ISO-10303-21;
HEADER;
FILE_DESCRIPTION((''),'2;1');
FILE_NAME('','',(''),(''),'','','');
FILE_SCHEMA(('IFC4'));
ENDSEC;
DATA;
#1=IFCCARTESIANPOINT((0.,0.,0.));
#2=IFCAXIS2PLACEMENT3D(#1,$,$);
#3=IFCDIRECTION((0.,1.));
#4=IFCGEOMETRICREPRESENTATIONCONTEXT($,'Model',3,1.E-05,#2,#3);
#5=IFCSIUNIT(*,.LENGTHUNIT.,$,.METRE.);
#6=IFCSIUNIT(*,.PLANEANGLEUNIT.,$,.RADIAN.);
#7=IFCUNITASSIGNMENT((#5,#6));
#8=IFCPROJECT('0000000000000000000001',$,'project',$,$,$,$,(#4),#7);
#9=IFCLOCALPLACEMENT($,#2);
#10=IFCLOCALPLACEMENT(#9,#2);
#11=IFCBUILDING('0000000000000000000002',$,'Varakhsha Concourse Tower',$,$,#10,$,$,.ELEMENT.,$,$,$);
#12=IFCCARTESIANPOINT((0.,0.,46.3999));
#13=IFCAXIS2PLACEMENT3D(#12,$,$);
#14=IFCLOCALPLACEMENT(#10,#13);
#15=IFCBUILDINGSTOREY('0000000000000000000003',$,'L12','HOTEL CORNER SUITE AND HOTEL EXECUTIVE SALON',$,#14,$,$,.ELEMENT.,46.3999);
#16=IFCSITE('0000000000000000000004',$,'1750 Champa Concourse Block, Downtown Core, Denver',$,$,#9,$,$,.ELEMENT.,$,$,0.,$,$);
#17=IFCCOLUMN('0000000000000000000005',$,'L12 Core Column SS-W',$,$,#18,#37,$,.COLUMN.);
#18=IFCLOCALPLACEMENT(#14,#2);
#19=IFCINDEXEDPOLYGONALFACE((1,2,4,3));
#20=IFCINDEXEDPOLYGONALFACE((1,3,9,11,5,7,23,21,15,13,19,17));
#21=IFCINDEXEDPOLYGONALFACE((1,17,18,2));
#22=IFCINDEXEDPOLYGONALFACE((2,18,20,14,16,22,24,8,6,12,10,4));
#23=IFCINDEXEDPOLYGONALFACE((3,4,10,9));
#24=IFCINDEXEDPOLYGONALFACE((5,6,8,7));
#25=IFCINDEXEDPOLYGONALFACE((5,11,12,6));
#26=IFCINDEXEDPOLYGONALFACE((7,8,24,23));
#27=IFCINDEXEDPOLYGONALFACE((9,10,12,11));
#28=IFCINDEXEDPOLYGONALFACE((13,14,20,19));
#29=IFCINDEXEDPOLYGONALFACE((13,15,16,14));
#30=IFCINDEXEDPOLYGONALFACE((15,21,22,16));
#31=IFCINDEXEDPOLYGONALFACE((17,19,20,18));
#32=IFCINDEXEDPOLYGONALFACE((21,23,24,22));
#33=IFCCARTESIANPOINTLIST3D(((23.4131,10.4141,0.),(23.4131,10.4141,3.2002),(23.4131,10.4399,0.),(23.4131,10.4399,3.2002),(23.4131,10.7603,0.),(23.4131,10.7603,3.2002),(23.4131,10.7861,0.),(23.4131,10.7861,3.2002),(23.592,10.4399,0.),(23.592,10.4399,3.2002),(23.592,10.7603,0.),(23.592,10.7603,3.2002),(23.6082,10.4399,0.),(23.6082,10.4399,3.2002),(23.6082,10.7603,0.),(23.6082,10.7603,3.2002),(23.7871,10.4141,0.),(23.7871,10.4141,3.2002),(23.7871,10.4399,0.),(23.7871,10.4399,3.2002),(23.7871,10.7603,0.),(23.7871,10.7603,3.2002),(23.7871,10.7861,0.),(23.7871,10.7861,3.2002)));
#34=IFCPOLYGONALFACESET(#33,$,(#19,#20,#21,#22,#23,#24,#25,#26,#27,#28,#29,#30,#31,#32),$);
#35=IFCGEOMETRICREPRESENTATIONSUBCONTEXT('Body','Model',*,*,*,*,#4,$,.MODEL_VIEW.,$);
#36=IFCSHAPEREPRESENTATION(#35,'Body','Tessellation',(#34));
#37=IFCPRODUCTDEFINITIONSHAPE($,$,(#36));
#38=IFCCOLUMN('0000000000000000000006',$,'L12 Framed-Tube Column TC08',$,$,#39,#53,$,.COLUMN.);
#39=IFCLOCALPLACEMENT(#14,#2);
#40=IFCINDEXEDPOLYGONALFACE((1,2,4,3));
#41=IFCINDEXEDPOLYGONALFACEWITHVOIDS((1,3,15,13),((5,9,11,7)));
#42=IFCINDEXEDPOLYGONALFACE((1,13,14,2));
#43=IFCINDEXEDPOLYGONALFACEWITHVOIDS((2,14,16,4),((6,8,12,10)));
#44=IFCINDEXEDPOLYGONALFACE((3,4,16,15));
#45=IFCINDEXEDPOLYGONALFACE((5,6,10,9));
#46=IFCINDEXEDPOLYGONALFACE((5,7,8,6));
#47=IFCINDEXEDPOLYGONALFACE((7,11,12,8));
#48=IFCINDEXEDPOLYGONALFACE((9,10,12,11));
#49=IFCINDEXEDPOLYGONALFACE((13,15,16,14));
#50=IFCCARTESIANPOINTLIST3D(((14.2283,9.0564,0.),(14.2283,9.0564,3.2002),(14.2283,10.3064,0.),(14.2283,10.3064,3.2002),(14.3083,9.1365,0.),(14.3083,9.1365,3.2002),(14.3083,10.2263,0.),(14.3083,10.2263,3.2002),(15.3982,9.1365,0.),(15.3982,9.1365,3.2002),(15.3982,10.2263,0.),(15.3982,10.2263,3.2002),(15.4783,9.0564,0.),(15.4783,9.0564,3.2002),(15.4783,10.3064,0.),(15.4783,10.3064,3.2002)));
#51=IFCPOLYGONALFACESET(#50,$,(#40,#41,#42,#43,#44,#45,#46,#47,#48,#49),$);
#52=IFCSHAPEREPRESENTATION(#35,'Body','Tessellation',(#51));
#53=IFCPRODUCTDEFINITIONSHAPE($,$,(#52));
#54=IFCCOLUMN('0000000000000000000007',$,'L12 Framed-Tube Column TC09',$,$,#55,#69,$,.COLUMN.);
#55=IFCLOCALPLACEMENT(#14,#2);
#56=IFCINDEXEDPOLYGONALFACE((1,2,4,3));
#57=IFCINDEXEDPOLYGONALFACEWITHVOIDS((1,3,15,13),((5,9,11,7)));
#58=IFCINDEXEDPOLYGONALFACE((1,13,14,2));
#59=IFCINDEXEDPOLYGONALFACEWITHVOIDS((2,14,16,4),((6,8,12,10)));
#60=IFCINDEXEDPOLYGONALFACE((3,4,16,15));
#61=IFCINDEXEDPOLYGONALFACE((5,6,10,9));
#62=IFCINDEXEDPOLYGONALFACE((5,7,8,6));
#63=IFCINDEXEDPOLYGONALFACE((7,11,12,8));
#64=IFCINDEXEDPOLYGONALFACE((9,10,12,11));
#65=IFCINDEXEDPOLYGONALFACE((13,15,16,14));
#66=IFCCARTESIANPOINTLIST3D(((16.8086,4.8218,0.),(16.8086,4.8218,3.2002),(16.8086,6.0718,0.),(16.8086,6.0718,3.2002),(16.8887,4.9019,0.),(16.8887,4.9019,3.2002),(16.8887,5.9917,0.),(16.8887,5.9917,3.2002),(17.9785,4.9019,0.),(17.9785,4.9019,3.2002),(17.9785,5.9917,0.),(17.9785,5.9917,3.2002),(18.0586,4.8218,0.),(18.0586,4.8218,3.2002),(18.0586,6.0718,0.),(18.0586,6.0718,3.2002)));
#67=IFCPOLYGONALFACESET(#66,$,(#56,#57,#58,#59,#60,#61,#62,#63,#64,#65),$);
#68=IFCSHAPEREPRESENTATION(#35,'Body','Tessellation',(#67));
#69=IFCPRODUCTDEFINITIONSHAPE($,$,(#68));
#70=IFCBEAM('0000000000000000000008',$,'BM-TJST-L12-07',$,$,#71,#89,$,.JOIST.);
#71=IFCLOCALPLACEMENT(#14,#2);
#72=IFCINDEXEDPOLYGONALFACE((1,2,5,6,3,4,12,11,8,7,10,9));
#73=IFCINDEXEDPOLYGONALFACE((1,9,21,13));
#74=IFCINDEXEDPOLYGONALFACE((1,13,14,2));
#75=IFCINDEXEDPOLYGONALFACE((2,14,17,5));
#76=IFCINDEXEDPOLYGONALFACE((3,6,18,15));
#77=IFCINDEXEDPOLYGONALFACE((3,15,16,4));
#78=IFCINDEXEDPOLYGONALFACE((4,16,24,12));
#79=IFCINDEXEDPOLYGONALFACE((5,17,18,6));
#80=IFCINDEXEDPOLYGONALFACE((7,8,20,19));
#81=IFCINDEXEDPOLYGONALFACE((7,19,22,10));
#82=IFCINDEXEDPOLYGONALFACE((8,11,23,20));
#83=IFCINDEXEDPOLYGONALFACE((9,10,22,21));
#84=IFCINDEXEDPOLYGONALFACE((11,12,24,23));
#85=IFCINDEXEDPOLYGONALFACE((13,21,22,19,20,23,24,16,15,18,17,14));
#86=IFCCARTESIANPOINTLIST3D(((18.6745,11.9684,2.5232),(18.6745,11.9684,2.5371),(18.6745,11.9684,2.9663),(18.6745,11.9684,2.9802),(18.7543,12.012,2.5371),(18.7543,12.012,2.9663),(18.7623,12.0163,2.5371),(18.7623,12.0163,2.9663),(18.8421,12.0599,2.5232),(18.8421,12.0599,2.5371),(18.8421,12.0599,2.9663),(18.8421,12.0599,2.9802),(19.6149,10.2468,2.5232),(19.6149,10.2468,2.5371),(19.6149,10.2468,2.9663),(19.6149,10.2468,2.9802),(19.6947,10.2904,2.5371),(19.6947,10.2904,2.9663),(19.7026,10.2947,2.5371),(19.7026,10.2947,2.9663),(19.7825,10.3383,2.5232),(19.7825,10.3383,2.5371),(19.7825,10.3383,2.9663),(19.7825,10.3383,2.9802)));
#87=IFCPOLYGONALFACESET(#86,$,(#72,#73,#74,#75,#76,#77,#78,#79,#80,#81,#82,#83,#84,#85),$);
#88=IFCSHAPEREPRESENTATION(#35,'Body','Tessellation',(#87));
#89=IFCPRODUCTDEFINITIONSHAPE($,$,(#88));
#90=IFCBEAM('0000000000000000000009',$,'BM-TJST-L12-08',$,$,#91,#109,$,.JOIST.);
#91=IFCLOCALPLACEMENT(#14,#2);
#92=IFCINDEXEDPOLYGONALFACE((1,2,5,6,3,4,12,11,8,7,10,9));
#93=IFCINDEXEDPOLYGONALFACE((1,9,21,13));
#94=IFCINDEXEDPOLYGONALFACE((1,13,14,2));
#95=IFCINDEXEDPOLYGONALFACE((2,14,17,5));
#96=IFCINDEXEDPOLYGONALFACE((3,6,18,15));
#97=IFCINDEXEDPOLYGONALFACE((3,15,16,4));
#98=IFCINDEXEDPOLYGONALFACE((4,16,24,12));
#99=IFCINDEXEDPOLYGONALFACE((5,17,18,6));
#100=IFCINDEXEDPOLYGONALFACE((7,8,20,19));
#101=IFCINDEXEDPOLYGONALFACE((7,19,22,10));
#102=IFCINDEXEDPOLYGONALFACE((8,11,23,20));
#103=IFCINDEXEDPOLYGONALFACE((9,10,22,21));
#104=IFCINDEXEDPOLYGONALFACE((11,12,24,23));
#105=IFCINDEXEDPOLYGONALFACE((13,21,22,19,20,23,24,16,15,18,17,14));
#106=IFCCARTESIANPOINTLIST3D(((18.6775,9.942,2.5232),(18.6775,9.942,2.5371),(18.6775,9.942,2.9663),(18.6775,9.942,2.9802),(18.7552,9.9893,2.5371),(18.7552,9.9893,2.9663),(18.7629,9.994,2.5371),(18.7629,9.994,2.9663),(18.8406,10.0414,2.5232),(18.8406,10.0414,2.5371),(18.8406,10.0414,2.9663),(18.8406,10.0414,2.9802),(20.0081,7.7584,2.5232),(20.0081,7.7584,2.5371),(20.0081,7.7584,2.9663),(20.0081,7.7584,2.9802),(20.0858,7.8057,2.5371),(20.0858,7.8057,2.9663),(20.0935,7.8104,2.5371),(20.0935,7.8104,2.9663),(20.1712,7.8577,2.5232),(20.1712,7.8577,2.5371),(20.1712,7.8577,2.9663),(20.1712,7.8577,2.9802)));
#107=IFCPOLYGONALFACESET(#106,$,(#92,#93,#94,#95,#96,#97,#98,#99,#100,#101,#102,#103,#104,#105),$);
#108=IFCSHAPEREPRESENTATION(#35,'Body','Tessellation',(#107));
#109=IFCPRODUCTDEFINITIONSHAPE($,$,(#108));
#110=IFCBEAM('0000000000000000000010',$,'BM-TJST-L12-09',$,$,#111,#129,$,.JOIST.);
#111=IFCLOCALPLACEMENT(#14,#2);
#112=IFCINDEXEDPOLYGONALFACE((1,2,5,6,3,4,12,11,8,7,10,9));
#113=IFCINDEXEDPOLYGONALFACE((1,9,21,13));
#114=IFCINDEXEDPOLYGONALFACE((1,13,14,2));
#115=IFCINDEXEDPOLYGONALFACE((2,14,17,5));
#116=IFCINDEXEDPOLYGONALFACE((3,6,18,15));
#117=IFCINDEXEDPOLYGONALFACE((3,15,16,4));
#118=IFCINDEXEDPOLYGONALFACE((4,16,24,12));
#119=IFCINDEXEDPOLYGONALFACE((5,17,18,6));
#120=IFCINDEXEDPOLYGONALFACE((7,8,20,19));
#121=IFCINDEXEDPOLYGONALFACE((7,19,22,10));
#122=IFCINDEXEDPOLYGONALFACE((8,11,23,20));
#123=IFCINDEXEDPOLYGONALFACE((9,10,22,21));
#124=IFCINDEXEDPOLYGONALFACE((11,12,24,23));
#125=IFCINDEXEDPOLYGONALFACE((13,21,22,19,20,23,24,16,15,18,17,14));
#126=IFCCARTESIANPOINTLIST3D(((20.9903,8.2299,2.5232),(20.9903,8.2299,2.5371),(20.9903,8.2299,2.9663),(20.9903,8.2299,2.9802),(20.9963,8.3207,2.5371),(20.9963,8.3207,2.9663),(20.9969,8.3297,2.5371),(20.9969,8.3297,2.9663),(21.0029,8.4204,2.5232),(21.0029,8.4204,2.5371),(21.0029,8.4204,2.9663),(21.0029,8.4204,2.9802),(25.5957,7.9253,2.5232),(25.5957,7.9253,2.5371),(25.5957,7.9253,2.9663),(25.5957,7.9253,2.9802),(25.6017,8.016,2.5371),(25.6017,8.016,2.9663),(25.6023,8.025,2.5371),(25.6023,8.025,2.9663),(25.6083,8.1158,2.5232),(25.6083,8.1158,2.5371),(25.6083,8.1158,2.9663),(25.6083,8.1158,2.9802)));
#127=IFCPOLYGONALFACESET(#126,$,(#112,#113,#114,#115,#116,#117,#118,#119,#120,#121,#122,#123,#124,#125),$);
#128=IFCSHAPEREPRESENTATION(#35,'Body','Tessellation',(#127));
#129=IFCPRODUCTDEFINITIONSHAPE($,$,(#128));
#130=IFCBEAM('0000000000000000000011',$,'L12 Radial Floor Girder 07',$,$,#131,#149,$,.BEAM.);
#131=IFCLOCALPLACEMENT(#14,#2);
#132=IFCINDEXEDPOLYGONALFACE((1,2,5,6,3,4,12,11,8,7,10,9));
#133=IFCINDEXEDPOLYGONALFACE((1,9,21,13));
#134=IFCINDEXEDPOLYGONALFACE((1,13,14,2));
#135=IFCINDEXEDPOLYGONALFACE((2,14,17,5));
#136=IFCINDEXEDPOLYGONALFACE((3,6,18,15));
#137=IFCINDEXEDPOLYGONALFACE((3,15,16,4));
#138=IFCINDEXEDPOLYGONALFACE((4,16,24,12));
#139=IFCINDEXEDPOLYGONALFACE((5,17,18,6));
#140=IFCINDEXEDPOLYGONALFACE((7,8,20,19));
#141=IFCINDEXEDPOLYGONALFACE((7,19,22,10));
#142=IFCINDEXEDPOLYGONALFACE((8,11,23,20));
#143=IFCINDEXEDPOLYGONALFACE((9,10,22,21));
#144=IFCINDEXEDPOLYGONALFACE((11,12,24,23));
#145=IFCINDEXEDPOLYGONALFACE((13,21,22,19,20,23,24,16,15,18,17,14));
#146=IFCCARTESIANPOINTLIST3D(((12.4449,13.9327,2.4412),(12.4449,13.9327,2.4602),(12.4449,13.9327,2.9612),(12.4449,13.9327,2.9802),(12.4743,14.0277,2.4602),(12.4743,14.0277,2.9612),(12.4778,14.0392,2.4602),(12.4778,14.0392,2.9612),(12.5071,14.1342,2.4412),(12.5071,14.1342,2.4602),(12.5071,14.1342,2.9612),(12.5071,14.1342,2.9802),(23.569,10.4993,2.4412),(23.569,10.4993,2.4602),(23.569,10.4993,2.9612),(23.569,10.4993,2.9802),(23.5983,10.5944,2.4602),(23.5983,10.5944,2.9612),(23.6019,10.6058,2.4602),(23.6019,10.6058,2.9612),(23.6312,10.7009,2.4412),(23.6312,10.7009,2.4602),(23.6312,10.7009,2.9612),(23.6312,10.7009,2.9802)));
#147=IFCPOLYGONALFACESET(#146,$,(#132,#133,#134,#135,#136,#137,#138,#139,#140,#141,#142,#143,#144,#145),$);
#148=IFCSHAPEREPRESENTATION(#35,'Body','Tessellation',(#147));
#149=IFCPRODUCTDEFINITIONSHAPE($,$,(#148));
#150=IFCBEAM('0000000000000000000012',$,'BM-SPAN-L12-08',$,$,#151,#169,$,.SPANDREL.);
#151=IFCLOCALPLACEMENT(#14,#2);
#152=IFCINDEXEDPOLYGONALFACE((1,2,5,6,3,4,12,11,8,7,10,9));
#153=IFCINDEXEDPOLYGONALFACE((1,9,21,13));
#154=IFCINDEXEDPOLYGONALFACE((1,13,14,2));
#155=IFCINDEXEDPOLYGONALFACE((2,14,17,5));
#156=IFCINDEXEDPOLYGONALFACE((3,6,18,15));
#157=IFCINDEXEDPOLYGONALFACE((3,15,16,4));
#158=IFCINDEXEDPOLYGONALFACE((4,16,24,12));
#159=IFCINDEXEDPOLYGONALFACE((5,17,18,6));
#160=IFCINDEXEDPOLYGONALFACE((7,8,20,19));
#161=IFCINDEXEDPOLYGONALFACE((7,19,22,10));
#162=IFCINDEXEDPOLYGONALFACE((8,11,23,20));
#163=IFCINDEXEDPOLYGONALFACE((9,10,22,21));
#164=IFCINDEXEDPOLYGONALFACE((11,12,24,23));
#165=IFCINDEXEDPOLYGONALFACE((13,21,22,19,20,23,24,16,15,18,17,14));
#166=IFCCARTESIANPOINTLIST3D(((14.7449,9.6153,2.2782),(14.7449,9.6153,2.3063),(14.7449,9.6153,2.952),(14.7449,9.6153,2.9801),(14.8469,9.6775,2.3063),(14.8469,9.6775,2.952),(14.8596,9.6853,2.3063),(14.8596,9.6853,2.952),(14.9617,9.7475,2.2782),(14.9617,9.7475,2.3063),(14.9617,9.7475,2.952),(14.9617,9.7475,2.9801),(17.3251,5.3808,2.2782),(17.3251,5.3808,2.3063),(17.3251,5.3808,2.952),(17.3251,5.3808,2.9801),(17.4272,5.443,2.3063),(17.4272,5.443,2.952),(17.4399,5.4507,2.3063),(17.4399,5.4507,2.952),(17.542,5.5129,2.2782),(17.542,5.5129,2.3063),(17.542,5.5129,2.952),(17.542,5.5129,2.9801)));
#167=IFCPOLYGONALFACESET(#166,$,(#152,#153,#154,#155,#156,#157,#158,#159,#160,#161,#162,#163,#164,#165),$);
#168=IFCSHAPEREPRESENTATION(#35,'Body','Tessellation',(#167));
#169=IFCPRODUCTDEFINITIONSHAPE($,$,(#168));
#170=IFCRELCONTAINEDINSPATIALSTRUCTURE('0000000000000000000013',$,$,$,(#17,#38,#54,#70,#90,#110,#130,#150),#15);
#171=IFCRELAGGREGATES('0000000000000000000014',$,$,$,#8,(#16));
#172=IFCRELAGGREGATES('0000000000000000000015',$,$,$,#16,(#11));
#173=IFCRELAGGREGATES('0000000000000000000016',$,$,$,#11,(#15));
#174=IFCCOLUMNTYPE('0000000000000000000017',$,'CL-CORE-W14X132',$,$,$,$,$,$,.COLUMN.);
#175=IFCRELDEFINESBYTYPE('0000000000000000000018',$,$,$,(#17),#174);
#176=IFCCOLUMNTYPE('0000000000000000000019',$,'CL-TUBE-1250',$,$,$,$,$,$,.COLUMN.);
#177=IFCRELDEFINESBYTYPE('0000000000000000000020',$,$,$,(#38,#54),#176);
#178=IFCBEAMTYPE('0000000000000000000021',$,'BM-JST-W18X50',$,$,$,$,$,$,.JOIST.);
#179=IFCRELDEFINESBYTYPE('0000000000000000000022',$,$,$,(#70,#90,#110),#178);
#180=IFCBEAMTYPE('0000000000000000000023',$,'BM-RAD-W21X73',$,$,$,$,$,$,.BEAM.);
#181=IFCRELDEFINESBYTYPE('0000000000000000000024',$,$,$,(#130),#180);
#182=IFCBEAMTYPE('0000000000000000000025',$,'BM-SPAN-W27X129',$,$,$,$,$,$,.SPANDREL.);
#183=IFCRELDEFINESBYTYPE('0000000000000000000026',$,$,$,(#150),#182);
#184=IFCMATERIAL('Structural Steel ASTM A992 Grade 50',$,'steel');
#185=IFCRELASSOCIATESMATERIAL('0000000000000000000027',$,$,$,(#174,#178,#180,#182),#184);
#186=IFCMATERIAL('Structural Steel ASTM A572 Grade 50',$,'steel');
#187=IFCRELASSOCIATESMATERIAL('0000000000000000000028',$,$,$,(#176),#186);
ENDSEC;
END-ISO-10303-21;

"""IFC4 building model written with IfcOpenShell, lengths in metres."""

from ifc_helpers import new_model, si_unit, direction, frame, origin, origin_2d, place, context, subcontext, project, spatial, hollow_rectangle, i_section, extrude, material, material_profile, profile_set, type_object, element, save


model = new_model("IFC4")

# Units and contexts
model_context = context("Model", 3, precision=1e-05, world=origin(), true_north=direction((0.0, 1.0)))
body_context = subcontext(model_context, "Body", "Model", "MODEL_VIEW")
ifc_project = project(units=[si_unit("LENGTHUNIT", "METRE"), si_unit("PLANEANGLEUNIT", "RADIAN")], contexts=[model_context])

# Site, building, storey
site_placement = place(None, origin())
site = spatial("IfcSite", under=ifc_project, at=site_placement, Name="1750 Champa Concourse Block, Downtown Core, Denver", CompositionType="ELEMENT", RefElevation=0.0)
building_placement = place(site_placement, origin())
building = spatial("IfcBuilding", under=site, at=building_placement, Name="Varakhsha Concourse Tower", CompositionType="ELEMENT")
storey_placement = place(building_placement, frame((0.0, 0.0, 46.3999)))
storey = spatial("IfcBuildingStorey", under=building, at=storey_placement, Name="L12", Description="HOTEL CORNER SUITE AND HOTEL EXECUTIVE SALON", CompositionType="ELEMENT", Elevation=46.3999)

# Columns
ifc_material_1 = material(Name="Structural Steel ASTM A992 Grade 50", Category="steel")
ifc_material_profile_1 = material_profile(ifc_material_1, i_section(OverallWidth=0.374, OverallDepth=0.3721, WebThickness=0.0161, FlangeThickness=0.0259, at=origin_2d()), Name="W14X132")
ifc_profile_set_1 = profile_set([ifc_material_profile_1], Name="Structural Steel ASTM A992 Grade 50")
column_type_1 = type_object("IfcColumnType", Name="CL-CORE-W14X132", PredefinedType="COLUMN", material=ifc_profile_set_1)
column_placement = place(storey_placement, frame((23.6001, 10.6001, 0.0), z_axis=(0.0, 0.0, 1.0), x_axis=(1.0, 0.0, 0.0)))
element("IfcColumn", 1, at=column_placement, inside=storey, type_object=column_type_1, Name="L12 Core Column SS-W", PredefinedType="COLUMN", context=body_context, shape_type="SweptSolid", body=[
    extrude(i_section(OverallWidth=0.374, OverallDepth=0.3721, WebThickness=0.0161, FlangeThickness=0.0259, at=origin_2d()), origin(), (0.0, 0.0, 1.0), 3.2002),
])
ifc_material_2 = material(Name="Structural Steel ASTM A572 Grade 50", Category="steel")
ifc_material_profile_2 = material_profile(ifc_material_2, hollow_rectangle(XDim=1.25, YDim=1.25, WallThickness=0.0801, at=origin_2d()), Name="BOX 1250x1250x80")
ifc_profile_set_2 = profile_set([ifc_material_profile_2], Name="Structural Steel ASTM A572 Grade 50")
column_type_2 = type_object("IfcColumnType", Name="CL-TUBE-1250", PredefinedType="COLUMN", material=ifc_profile_set_2)
for number, where, z_axis, x_axis, name in (
    (2, (14.8533, 9.6814, 0.0), (0.0, 0.0, 1.0), (1.0, 0.0, 0.0), "L12 Framed-Tube Column TC08"),
    (3, (17.4336, 5.4468, 0.0), (0.0, 0.0, 1.0), (1.0, 0.0, 0.0), "L12 Framed-Tube Column TC09"),
):
    element("IfcColumn", number, at=place(storey_placement, frame(where, z_axis=z_axis, x_axis=x_axis)), inside=storey, type_object=column_type_2, Name=name, PredefinedType="COLUMN", context=body_context, shape_type="SweptSolid", body=[
        extrude(hollow_rectangle(XDim=1.25, YDim=1.25, WallThickness=0.0801, at=origin_2d()), origin(), (0.0, 0.0, 1.0), 3.2002),
    ])

# Beams
ifc_material_profile_3 = material_profile(ifc_material_1, i_section(OverallWidth=0.1909, OverallDepth=0.457, WebThickness=0.009, FlangeThickness=0.0139, at=origin_2d()), Name="W18X50")
ifc_profile_set_3 = profile_set([ifc_material_profile_3], Name="Structural Steel ASTM A992 Grade 50")
beam_type_1 = type_object("IfcBeamType", Name="BM-JST-W18X50", PredefinedType="JOIST", material=ifc_profile_set_3)
beam_1_placement = place(storey_placement, frame((18.7583, 12.0142, 2.7517), z_axis=(0.479375, -0.87761, 0.0), x_axis=(0.87761, 0.479375, 0.0)))
element("IfcBeam", 4, at=beam_1_placement, inside=storey, type_object=beam_type_1, Name="BM-TJST-L12-07", PredefinedType="JOIST", context=body_context, shape_type="SweptSolid", body=[
    extrude(i_section(OverallWidth=0.1909, OverallDepth=0.457, WebThickness=0.009, FlangeThickness=0.0139, at=origin_2d()), origin(), (0.0, 0.0, 1.0), 1.9617),
])
beam_2_placement = place(storey_placement, frame((18.759, 9.9917, 2.7517), z_axis=(0.520353, -0.853951, 0.0), x_axis=(0.853951, 0.520353, 0.0)))
element("IfcBeam", 5, at=beam_2_placement, inside=storey, type_object=beam_type_1, Name="BM-TJST-L12-08", PredefinedType="JOIST", context=body_context, shape_type="SweptSolid", body=[
    extrude(i_section(OverallWidth=0.1909, OverallDepth=0.457, WebThickness=0.009, FlangeThickness=0.0139, at=origin_2d()), origin(), (0.0, 0.0, 1.0), 2.5571),
])
beam_3_placement = place(storey_placement, frame((20.9966, 8.3252, 2.7517), z_axis=(0.997819, -0.066013, 0.0), x_axis=(0.066013, 0.997819, 0.0)))
element("IfcBeam", 6, at=beam_3_placement, inside=storey, type_object=beam_type_1, Name="BM-TJST-L12-09", PredefinedType="JOIST", context=body_context, shape_type="SweptSolid", body=[
    extrude(i_section(OverallWidth=0.1909, OverallDepth=0.457, WebThickness=0.009, FlangeThickness=0.0139, at=origin_2d()), origin(), (0.0, 0.0, 1.0), 4.6155),
])
ifc_material_profile_4 = material_profile(ifc_material_1, i_section(OverallWidth=0.2109, OverallDepth=0.5391, WebThickness=0.012, FlangeThickness=0.019, at=origin_2d()), Name="W21X73")
ifc_profile_set_4 = profile_set([ifc_material_profile_4], Name="Structural Steel ASTM A992 Grade 50")
beam_type_2 = type_object("IfcBeamType", Name="BM-RAD-W21X73", PredefinedType="BEAM", material=ifc_profile_set_4)
beam_4_placement = place(storey_placement, frame((23.6001, 10.6001, 2.7107), z_axis=(-0.955523, 0.294915, 0.0), x_axis=(-0.294915, -0.955523, 0.0)))
element("IfcBeam", 7, at=beam_4_placement, inside=storey, type_object=beam_type_2, Name="L12 Radial Floor Girder 07", PredefinedType="BEAM", context=body_context, shape_type="SweptSolid", body=[
    extrude(i_section(OverallWidth=0.2109, OverallDepth=0.5391, WebThickness=0.012, FlangeThickness=0.019, at=origin_2d()), origin(), (0.0, 0.0, 1.0), 11.6418),
])
ifc_material_profile_5 = material_profile(ifc_material_1, i_section(OverallWidth=0.2539, OverallDepth=0.7019, WebThickness=0.0149, FlangeThickness=0.0281, at=origin_2d()), Name="W27X129")
ifc_profile_set_5 = profile_set([ifc_material_profile_5], Name="Structural Steel ASTM A992 Grade 50")
beam_type_3 = type_object("IfcBeamType", Name="BM-SPAN-W27X129", PredefinedType="SPANDREL", material=ifc_profile_set_5)
beam_5_placement = place(storey_placement, frame((14.8533, 9.6814, 2.6292), z_axis=(0.520348, -0.853954, 0.0), x_axis=(0.853954, 0.520348, 0.0)))
element("IfcBeam", 8, at=beam_5_placement, inside=storey, type_object=beam_type_3, Name="BM-SPAN-L12-08", PredefinedType="SPANDREL", context=body_context, shape_type="SweptSolid", body=[
    extrude(i_section(OverallWidth=0.2539, OverallDepth=0.7019, WebThickness=0.0149, FlangeThickness=0.0281, at=origin_2d()), origin(), (0.0, 0.0, 1.0), 4.9587),
])

save(model, "model.ifc")
